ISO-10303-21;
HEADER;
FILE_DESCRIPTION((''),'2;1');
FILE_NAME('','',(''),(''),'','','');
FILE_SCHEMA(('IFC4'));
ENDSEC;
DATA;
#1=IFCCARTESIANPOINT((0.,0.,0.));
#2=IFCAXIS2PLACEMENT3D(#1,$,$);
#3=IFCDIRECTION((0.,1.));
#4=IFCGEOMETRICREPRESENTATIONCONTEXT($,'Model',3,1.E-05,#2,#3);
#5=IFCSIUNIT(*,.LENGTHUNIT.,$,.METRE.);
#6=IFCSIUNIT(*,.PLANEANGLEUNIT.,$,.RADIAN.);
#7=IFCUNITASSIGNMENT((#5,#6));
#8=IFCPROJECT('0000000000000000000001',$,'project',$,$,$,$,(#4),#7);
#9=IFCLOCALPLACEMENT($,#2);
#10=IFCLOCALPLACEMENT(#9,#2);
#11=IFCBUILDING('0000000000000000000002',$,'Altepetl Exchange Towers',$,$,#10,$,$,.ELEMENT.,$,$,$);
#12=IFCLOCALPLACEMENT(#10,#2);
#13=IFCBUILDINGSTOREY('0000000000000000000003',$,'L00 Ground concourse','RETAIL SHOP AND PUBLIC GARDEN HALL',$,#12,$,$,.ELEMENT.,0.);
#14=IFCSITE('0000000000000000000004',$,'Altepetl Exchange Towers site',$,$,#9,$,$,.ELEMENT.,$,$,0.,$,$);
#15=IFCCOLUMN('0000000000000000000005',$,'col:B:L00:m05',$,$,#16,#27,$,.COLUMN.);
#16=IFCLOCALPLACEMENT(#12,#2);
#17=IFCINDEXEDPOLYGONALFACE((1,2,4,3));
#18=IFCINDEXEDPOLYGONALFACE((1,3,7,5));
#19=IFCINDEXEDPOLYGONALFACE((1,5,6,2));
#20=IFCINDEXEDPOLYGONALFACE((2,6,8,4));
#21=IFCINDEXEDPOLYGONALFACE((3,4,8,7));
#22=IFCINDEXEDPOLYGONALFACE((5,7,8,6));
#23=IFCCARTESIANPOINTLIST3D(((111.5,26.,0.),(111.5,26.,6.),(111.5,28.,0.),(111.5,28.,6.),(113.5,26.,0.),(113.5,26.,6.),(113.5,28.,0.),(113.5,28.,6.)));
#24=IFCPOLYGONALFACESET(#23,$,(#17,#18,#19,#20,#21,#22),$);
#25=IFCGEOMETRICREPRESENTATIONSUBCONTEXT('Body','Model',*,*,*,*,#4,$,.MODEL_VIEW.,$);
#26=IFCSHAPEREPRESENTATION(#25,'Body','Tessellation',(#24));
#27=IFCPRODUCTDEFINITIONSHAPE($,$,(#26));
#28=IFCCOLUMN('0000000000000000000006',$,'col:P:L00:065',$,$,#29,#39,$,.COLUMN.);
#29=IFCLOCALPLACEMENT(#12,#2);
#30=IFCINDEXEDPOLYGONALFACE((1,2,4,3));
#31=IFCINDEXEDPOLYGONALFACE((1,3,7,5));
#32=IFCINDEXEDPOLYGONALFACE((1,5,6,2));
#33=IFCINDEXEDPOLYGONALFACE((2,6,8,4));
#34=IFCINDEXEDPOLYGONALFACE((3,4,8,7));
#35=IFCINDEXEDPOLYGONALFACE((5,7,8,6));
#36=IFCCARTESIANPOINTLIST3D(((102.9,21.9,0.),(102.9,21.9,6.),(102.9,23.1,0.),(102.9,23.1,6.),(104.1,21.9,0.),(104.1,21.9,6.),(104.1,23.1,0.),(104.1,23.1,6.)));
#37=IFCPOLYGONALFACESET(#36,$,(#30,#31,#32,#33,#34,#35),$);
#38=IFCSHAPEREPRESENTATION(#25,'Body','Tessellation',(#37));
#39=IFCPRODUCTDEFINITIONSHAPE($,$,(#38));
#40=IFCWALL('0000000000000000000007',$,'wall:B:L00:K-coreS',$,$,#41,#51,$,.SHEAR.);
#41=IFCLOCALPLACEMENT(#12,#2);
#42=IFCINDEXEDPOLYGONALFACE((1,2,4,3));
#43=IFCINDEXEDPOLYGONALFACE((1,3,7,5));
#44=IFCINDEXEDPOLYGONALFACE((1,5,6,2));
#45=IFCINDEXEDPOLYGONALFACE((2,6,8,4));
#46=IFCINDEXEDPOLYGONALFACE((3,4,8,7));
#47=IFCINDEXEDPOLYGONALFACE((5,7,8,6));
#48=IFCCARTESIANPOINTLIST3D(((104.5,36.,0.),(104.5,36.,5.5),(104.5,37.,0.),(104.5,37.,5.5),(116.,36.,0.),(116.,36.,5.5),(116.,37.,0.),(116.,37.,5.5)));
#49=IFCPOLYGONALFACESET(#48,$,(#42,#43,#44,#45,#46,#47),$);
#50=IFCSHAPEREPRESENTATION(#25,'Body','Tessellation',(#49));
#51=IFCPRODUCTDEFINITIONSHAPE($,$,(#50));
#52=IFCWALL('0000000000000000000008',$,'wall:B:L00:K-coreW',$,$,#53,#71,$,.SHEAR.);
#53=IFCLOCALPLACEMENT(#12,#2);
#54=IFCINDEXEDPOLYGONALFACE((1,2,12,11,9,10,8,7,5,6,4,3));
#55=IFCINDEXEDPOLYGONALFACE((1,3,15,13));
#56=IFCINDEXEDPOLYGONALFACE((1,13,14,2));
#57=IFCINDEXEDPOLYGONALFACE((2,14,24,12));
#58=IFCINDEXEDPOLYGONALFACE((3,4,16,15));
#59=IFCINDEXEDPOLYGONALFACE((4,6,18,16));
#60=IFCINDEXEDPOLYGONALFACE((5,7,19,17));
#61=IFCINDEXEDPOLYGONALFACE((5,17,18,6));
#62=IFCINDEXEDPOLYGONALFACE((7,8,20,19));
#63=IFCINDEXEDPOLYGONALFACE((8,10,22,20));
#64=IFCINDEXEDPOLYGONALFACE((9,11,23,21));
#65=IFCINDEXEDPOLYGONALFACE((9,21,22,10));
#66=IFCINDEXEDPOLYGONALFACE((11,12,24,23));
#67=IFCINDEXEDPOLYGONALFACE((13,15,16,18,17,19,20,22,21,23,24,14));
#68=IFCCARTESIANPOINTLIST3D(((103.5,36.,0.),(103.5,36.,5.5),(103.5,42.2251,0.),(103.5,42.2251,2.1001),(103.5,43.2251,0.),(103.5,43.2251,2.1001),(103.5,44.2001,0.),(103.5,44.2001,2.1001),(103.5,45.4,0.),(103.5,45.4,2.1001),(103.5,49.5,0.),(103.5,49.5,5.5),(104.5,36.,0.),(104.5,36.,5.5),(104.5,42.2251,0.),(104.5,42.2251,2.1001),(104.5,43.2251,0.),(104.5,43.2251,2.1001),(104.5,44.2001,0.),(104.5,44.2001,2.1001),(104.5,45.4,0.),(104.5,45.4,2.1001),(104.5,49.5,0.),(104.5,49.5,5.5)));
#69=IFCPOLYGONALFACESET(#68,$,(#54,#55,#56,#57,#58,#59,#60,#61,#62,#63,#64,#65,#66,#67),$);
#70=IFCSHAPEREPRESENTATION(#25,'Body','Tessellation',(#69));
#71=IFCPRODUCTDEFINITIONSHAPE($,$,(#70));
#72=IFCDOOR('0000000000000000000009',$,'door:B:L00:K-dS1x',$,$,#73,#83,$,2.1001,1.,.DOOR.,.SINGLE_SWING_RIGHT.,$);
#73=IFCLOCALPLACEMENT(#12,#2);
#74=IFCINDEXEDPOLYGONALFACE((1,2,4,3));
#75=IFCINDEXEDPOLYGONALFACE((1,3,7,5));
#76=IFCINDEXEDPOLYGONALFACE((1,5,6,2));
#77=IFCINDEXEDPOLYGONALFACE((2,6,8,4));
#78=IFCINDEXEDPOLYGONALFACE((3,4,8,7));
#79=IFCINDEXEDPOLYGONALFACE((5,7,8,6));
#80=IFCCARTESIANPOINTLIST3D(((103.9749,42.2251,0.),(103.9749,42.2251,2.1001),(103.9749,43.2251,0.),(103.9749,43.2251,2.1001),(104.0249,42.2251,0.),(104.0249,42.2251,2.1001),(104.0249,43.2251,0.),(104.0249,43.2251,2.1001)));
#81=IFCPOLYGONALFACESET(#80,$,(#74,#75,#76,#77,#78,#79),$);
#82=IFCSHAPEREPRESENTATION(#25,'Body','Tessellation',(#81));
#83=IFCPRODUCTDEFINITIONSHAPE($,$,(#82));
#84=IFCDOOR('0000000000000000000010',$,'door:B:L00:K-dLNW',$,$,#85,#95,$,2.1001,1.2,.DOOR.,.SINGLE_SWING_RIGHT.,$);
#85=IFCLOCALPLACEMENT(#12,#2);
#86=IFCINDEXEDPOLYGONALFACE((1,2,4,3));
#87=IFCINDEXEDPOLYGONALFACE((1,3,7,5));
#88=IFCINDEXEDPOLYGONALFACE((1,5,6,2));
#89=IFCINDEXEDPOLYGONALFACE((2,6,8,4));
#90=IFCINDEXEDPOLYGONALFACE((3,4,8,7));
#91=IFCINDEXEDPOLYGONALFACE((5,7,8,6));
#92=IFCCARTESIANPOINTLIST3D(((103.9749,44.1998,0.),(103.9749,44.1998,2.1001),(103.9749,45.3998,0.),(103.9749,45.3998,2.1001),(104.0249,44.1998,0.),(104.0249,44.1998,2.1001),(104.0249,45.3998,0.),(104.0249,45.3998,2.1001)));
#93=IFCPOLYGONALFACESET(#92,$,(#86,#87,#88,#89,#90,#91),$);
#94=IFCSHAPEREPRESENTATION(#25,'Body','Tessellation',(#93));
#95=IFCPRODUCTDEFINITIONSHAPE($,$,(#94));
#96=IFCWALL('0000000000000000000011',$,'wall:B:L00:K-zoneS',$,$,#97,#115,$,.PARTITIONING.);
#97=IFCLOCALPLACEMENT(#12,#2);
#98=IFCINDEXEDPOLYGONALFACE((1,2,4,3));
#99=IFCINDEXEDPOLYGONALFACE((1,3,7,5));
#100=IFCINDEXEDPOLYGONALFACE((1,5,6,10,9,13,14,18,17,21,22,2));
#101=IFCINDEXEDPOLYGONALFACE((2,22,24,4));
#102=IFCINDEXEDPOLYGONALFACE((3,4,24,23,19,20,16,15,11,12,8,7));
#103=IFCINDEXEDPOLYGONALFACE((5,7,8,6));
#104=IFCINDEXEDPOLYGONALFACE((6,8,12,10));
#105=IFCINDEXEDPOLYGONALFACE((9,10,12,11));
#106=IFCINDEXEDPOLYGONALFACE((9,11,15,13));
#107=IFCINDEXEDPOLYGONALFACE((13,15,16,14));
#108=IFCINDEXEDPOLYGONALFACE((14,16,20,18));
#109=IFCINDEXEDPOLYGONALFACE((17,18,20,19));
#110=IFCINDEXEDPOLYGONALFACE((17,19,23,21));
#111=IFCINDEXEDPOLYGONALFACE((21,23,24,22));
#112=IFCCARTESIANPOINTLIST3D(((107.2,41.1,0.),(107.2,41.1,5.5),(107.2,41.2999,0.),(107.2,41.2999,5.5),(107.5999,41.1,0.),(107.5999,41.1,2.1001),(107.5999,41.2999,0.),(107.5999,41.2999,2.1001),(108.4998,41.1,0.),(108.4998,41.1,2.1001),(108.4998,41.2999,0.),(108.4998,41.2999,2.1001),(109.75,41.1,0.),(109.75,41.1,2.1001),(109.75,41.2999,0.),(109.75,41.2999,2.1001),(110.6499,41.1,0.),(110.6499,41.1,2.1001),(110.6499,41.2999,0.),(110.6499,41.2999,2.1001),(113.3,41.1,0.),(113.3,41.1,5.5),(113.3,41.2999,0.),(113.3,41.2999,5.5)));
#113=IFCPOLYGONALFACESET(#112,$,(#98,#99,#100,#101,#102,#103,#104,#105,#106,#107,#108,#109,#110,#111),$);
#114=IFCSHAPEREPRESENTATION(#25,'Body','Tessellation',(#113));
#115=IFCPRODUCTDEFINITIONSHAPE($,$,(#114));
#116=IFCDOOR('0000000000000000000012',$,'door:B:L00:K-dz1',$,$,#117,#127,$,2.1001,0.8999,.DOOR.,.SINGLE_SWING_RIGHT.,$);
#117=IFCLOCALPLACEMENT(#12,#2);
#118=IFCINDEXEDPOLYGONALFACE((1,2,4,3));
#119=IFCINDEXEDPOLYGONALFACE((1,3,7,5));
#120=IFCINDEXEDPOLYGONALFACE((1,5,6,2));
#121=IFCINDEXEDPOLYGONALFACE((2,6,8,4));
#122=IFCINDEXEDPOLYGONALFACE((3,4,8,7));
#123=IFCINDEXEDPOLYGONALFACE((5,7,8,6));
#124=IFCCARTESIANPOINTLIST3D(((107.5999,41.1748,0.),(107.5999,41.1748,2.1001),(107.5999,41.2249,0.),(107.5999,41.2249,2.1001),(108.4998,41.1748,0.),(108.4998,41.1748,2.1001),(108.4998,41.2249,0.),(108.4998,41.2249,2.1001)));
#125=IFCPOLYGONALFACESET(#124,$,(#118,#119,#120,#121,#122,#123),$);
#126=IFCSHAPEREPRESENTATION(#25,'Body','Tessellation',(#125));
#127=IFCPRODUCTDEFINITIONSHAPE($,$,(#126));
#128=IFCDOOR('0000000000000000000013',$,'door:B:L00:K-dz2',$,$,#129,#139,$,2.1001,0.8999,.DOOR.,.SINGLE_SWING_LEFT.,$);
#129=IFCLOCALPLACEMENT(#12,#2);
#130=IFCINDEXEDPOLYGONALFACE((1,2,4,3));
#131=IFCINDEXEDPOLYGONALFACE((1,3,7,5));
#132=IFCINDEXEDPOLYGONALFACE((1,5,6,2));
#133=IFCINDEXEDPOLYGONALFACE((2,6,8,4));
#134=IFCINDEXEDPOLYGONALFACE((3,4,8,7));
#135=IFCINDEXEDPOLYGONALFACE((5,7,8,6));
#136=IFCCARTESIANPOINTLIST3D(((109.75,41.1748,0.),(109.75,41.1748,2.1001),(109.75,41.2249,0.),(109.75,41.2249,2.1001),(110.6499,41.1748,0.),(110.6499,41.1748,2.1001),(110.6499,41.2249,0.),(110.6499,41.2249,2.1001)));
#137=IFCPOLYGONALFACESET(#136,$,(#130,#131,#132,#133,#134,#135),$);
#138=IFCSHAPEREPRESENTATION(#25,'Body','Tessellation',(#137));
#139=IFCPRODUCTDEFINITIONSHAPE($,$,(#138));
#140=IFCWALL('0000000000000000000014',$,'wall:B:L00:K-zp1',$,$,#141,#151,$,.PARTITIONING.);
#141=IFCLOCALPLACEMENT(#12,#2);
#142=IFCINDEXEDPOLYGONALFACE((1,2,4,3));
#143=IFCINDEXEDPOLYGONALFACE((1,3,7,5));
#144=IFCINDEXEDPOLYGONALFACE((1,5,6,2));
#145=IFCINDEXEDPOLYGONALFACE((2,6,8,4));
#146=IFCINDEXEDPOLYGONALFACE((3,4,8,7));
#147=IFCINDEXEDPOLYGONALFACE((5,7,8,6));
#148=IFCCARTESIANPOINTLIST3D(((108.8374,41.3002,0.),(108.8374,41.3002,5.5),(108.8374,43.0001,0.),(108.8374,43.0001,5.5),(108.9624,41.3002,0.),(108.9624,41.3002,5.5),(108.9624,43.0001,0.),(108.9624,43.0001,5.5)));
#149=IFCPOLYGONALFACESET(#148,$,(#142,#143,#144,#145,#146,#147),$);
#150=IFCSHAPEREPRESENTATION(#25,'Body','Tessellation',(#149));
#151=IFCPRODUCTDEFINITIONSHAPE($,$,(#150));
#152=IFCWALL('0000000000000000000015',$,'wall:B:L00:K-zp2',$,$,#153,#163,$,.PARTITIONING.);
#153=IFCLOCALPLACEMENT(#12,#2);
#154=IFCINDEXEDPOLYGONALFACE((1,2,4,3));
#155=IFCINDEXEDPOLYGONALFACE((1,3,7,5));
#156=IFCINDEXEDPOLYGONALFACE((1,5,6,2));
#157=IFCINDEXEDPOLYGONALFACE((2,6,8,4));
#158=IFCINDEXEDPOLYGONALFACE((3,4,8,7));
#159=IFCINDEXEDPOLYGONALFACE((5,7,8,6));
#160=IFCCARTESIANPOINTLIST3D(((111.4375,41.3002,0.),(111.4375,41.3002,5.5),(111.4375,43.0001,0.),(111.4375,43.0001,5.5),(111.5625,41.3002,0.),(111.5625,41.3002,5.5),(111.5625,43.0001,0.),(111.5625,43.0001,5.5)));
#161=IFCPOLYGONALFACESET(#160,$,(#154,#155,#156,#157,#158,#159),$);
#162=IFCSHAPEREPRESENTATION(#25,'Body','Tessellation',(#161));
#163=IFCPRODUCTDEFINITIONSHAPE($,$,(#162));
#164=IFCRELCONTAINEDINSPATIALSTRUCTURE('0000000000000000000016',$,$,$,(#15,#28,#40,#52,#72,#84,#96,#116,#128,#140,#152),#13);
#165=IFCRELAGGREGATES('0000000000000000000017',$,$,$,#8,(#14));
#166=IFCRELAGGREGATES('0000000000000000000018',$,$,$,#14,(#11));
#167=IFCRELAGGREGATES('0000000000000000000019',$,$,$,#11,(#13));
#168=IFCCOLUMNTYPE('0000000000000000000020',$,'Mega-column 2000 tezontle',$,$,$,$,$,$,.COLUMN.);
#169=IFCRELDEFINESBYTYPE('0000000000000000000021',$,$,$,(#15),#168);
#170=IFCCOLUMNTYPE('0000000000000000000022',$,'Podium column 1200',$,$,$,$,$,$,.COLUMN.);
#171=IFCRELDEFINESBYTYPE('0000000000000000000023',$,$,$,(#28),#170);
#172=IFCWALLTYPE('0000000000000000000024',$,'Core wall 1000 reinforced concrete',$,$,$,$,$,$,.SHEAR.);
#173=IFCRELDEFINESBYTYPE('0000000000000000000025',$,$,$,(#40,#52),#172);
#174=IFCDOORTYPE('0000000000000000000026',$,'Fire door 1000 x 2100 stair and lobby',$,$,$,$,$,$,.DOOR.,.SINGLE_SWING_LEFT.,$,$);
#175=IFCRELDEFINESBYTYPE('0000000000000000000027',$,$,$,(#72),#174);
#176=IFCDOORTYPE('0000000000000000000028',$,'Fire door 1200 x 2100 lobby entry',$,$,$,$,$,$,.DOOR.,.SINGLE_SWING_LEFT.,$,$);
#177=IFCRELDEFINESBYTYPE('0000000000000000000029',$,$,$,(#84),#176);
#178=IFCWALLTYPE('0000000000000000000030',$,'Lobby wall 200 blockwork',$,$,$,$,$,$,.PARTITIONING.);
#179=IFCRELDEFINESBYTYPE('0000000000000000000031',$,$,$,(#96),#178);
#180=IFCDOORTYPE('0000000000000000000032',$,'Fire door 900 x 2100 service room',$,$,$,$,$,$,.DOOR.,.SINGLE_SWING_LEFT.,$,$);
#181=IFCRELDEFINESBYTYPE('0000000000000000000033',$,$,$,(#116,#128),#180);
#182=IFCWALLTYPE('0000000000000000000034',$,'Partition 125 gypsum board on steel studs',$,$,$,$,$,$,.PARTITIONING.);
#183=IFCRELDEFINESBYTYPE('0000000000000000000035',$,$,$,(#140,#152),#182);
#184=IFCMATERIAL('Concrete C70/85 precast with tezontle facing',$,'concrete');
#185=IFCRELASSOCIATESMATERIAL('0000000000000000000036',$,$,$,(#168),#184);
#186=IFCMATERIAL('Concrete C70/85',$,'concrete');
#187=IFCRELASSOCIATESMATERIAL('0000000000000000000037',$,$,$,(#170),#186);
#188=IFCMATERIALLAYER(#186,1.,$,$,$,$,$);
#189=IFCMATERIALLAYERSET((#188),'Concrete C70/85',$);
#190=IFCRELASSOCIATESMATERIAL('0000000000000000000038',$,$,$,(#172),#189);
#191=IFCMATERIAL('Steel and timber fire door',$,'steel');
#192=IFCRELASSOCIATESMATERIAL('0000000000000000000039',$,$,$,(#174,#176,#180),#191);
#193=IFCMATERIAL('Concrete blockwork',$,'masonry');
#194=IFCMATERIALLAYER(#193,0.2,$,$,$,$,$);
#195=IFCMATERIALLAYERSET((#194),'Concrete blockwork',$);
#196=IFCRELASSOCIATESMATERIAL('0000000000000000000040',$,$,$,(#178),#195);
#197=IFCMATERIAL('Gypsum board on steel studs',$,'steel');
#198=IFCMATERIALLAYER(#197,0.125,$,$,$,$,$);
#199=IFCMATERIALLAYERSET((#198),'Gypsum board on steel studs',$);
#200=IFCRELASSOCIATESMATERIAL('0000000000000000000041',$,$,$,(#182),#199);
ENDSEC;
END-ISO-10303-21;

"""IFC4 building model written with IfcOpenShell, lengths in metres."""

from ifc_helpers import new_model, si_unit, direction, frame, frame_2d, origin, origin_2d, place, context, subcontext, project, spatial, rectangle, extrude, material, layer, layer_set, material_profile, profile_set, type_object, element, fill, save


model = new_model("IFC4")

# Units and contexts
model_context = context("Model", 3, precision=1e-05, world=origin(), true_north=direction((0.0, 1.0)))
body_context = subcontext(model_context, "Body", "Model", "MODEL_VIEW")
ifc_project = project(units=[si_unit("LENGTHUNIT", "METRE"), si_unit("PLANEANGLEUNIT", "RADIAN")], contexts=[model_context])

# Site, building, storey
site_placement = place(None, origin())
site = spatial("IfcSite", under=ifc_project, at=site_placement, Name="Altepetl Exchange Towers site", CompositionType="ELEMENT", RefElevation=0.0)
building_placement = place(site_placement, origin())
building = spatial("IfcBuilding", under=site, at=building_placement, Name="Altepetl Exchange Towers", CompositionType="ELEMENT")
storey_placement = place(building_placement, origin())
storey = spatial("IfcBuildingStorey", under=building, at=storey_placement, Name="L00 Ground concourse", Description="RETAIL SHOP AND PUBLIC GARDEN HALL", CompositionType="ELEMENT", Elevation=0.0)

# Columns
ifc_material_1 = material(Name="Concrete C70/85 precast with tezontle facing", Category="concrete")
ifc_material_profile_1 = material_profile(ifc_material_1, rectangle(XDim=2.0, YDim=2.0, at=origin_2d()), Name="2000 x 2000")
ifc_profile_set_1 = profile_set([ifc_material_profile_1], Name="Concrete C70/85 precast with tezontle facing")
column_type_1 = type_object("IfcColumnType", Name="Mega-column 2000 tezontle", PredefinedType="COLUMN", material=ifc_profile_set_1)
column_1_placement = place(storey_placement, frame((112.5, 27.0, 0.0)))
element("IfcColumn", 1, at=column_1_placement, inside=storey, type_object=column_type_1, Name="col:B:L00:m05", PredefinedType="COLUMN", context=body_context, shape_type="SweptSolid", body=[
    extrude(rectangle(XDim=2.0, YDim=2.0, at=origin_2d()), origin(), (0.0, 0.0, 1.0), 6.0),
])
ifc_material_2 = material(Name="Concrete C70/85", Category="concrete")
ifc_material_profile_2 = material_profile(ifc_material_2, rectangle(XDim=1.2, YDim=1.2, at=origin_2d()), Name="1200 x 1200")
ifc_profile_set_2 = profile_set([ifc_material_profile_2], Name="Concrete C70/85")
column_type_2 = type_object("IfcColumnType", Name="Podium column 1200", PredefinedType="COLUMN", material=ifc_profile_set_2)
column_2_placement = place(storey_placement, frame((103.5, 22.5, 0.0)))
element("IfcColumn", 2, at=column_2_placement, inside=storey, type_object=column_type_2, Name="col:P:L00:065", PredefinedType="COLUMN", context=body_context, shape_type="SweptSolid", body=[
    extrude(rectangle(XDim=1.2, YDim=1.2, at=origin_2d()), origin(), (0.0, 0.0, 1.0), 6.0),
])

# Wall
ifc_layer_1 = layer(ifc_material_2, 1.0)
ifc_layer_set_1 = layer_set([ifc_layer_1], Name="Concrete C70/85")
wall_type_1 = type_object("IfcWallType", Name="Core wall 1000 reinforced concrete", PredefinedType="SHEAR", material=ifc_layer_set_1)
wall_1_placement = place(storey_placement, frame((104.5, 36.5, 0.0)))
element("IfcWall", 3, at=wall_1_placement, inside=storey, type_object=wall_type_1, Name="wall:B:L00:K-coreS", PredefinedType="SHEAR", context=body_context, shape_type="SweptSolid", body=[
    extrude(rectangle(XDim=11.5, YDim=1.0, at=frame_2d((5.75, 0.0))), origin(), (0.0, 0.0, 1.0), 5.5),
])

# Walls, openings, doors
wall_2_placement = place(storey_placement, frame((104.0, 36.0, 0.0), z_axis=(0.0, 0.0, 1.0), x_axis=(0.0, 1.0, 0.0)))
wall_2 = element("IfcWall", 4, at=wall_2_placement, inside=storey, type_object=wall_type_1, Name="wall:B:L00:K-coreW", PredefinedType="SHEAR", context=body_context, shape_type="SweptSolid", body=[
    extrude(rectangle(XDim=13.5, YDim=1.0, at=frame_2d((6.75, 0.0))), origin(), (0.0, 0.0, 1.0), 5.5),
])
opening_1_placement = place(wall_2_placement, frame((8.2, 0.0, 0.0)))
opening_1 = element("IfcOpeningElement", 5, at=opening_1_placement, cuts=wall_2, PredefinedType="OPENING", context=body_context, shape_type="SweptSolid", body=[
    extrude(rectangle(XDim=1.2, YDim=2.1001, at=frame_2d((0.6001, 1.05))), frame((0.0, 0.51, 0.0), z_axis=(0.0, -1.0, 0.0), x_axis=(1.0, 0.0, 0.0)), (0.0, 0.0, 1.0), 1.02),
])
opening_2_placement = place(wall_2_placement, frame((6.2251, 0.0, 0.0)))
opening_2 = element("IfcOpeningElement", 6, at=opening_2_placement, cuts=wall_2, PredefinedType="OPENING", context=body_context, shape_type="SweptSolid", body=[
    extrude(rectangle(XDim=1.0, YDim=2.1001, at=frame_2d((0.5, 1.05))), frame((0.0, 0.51, 0.0), z_axis=(0.0, -1.0, 0.0), x_axis=(1.0, 0.0, 0.0)), (0.0, 0.0, 1.0), 1.02),
])
ifc_material_3 = material(Name="Steel and timber fire door", Category="steel")
door_type_1 = type_object("IfcDoorType", Name="Fire door 1000 x 2100 stair and lobby", OperationType="SINGLE_SWING_LEFT", PredefinedType="DOOR", material=ifc_material_3)
door_1_placement = place(opening_2_placement, frame((1.0, 0.0, 0.0), x_axis=(-1.0, 0.0, 0.0)))
door_1 = element("IfcDoor", 7, at=door_1_placement, inside=storey, type_object=door_type_1, Name="door:B:L00:K-dS1x", OperationType="SINGLE_SWING_RIGHT", OverallHeight=2.1001, OverallWidth=1.0, PredefinedType="DOOR", context=body_context, shape_type="SweptSolid", body=[
    extrude(rectangle(XDim=1.0, YDim=2.1001, at=frame_2d((0.5, 1.05))), frame((0.0, 0.0249, 0.0), z_axis=(0.0, -1.0, 0.0), x_axis=(1.0, 0.0, 0.0)), (0.0, 0.0, 1.0), 0.05),
])
fill(opening_2, door_1)
door_type_2 = type_object("IfcDoorType", Name="Fire door 1200 x 2100 lobby entry", OperationType="SINGLE_SWING_LEFT", PredefinedType="DOOR", material=ifc_material_3)
door_2_placement = place(opening_1_placement, frame((1.2, 0.0, 0.0), x_axis=(-1.0, 0.0, 0.0)))
door_2 = element("IfcDoor", 8, at=door_2_placement, inside=storey, type_object=door_type_2, Name="door:B:L00:K-dLNW", OperationType="SINGLE_SWING_RIGHT", OverallHeight=2.1001, OverallWidth=1.2, PredefinedType="DOOR", context=body_context, shape_type="SweptSolid", body=[
    extrude(rectangle(XDim=1.2, YDim=2.1001, at=frame_2d((0.6001, 1.05))), frame((0.0, 0.0249, 0.0), z_axis=(0.0, -1.0, 0.0), x_axis=(1.0, 0.0, 0.0)), (0.0, 0.0, 1.0), 0.05),
])
fill(opening_1, door_2)
ifc_material_4 = material(Name="Concrete blockwork", Category="masonry")
ifc_layer_2 = layer(ifc_material_4, 0.2)
ifc_layer_set_2 = layer_set([ifc_layer_2], Name="Concrete blockwork")
wall_type_2 = type_object("IfcWallType", Name="Lobby wall 200 blockwork", PredefinedType="PARTITIONING", material=ifc_layer_set_2)
wall_3_placement = place(storey_placement, frame((107.2, 41.2, 0.0)))
wall_3 = element("IfcWall", 9, at=wall_3_placement, inside=storey, type_object=wall_type_2, Name="wall:B:L00:K-zoneS", PredefinedType="PARTITIONING", context=body_context, shape_type="SweptSolid", body=[
    extrude(rectangle(XDim=6.1001, YDim=0.2, at=frame_2d((3.05, 0.0))), origin(), (0.0, 0.0, 1.0), 5.5),
])
opening_3_placement = place(wall_3_placement, frame((0.3999, 0.0, 0.0)))
opening_3 = element("IfcOpeningElement", 10, at=opening_3_placement, cuts=wall_3, PredefinedType="OPENING", context=body_context, shape_type="SweptSolid", body=[
    extrude(rectangle(XDim=0.8999, YDim=2.1001, at=frame_2d((0.45, 1.05))), frame((0.0, 0.1099, 0.0), z_axis=(0.0, -1.0, 0.0), x_axis=(1.0, 0.0, 0.0)), (0.0, 0.0, 1.0), 0.22),
])
opening_4_placement = place(wall_3_placement, frame((2.55, 0.0, 0.0)))
opening_4 = element("IfcOpeningElement", 11, at=opening_4_placement, cuts=wall_3, PredefinedType="OPENING", context=body_context, shape_type="SweptSolid", body=[
    extrude(rectangle(XDim=0.8999, YDim=2.1001, at=frame_2d((0.45, 1.05))), frame((0.0, 0.1099, 0.0), z_axis=(0.0, -1.0, 0.0), x_axis=(1.0, 0.0, 0.0)), (0.0, 0.0, 1.0), 0.22),
])
door_type_3 = type_object("IfcDoorType", Name="Fire door 900 x 2100 service room", OperationType="SINGLE_SWING_LEFT", PredefinedType="DOOR", material=ifc_material_3)
door_3_placement = place(opening_3_placement, origin())
door_3 = element("IfcDoor", 12, at=door_3_placement, inside=storey, type_object=door_type_3, Name="door:B:L00:K-dz1", OperationType="SINGLE_SWING_RIGHT", OverallHeight=2.1001, OverallWidth=0.8999, PredefinedType="DOOR", context=body_context, shape_type="SweptSolid", body=[
    extrude(rectangle(XDim=0.8999, YDim=2.1001, at=frame_2d((0.45, 1.05))), frame((0.0, 0.0249, 0.0), z_axis=(0.0, -1.0, 0.0), x_axis=(1.0, 0.0, 0.0)), (0.0, 0.0, 1.0), 0.05),
])
fill(opening_3, door_3)
door_4_placement = place(opening_4_placement, origin())
door_4 = element("IfcDoor", 13, at=door_4_placement, inside=storey, type_object=door_type_3, Name="door:B:L00:K-dz2", OperationType="SINGLE_SWING_LEFT", OverallHeight=2.1001, OverallWidth=0.8999, PredefinedType="DOOR", context=body_context, shape_type="SweptSolid", body=[
    extrude(rectangle(XDim=0.8999, YDim=2.1001, at=frame_2d((0.45, 1.05))), frame((0.0, 0.0249, 0.0), z_axis=(0.0, -1.0, 0.0), x_axis=(1.0, 0.0, 0.0)), (0.0, 0.0, 1.0), 0.05),
])
fill(opening_4, door_4)

# Walls
ifc_material_5 = material(Name="Gypsum board on steel studs", Category="steel")
ifc_layer_3 = layer(ifc_material_5, 0.125)
ifc_layer_set_3 = layer_set([ifc_layer_3], Name="Gypsum board on steel studs")
wall_type_3 = type_object("IfcWallType", Name="Partition 125 gypsum board on steel studs", PredefinedType="PARTITIONING", material=ifc_layer_set_3)
for number, where, z_axis, x_axis, name in (
    (14, (108.8999, 41.3, 0.0), (0.0, 0.0, 1.0), (0.0, 1.0, 0.0), "wall:B:L00:K-zp1"),
    (15, (111.5, 41.3, 0.0), (0.0, 0.0, 1.0), (0.0, 1.0, 0.0), "wall:B:L00:K-zp2"),
):
    element("IfcWall", number, at=place(storey_placement, frame(where, z_axis=z_axis, x_axis=x_axis)), inside=storey, type_object=wall_type_3, Name=name, PredefinedType="PARTITIONING", context=body_context, shape_type="SweptSolid", body=[
        extrude(rectangle(XDim=1.7, YDim=0.125, at=frame_2d((0.8501, 0.0))), origin(), (0.0, 0.0, 1.0), 5.5),
    ])

save(model, "model.ifc")
